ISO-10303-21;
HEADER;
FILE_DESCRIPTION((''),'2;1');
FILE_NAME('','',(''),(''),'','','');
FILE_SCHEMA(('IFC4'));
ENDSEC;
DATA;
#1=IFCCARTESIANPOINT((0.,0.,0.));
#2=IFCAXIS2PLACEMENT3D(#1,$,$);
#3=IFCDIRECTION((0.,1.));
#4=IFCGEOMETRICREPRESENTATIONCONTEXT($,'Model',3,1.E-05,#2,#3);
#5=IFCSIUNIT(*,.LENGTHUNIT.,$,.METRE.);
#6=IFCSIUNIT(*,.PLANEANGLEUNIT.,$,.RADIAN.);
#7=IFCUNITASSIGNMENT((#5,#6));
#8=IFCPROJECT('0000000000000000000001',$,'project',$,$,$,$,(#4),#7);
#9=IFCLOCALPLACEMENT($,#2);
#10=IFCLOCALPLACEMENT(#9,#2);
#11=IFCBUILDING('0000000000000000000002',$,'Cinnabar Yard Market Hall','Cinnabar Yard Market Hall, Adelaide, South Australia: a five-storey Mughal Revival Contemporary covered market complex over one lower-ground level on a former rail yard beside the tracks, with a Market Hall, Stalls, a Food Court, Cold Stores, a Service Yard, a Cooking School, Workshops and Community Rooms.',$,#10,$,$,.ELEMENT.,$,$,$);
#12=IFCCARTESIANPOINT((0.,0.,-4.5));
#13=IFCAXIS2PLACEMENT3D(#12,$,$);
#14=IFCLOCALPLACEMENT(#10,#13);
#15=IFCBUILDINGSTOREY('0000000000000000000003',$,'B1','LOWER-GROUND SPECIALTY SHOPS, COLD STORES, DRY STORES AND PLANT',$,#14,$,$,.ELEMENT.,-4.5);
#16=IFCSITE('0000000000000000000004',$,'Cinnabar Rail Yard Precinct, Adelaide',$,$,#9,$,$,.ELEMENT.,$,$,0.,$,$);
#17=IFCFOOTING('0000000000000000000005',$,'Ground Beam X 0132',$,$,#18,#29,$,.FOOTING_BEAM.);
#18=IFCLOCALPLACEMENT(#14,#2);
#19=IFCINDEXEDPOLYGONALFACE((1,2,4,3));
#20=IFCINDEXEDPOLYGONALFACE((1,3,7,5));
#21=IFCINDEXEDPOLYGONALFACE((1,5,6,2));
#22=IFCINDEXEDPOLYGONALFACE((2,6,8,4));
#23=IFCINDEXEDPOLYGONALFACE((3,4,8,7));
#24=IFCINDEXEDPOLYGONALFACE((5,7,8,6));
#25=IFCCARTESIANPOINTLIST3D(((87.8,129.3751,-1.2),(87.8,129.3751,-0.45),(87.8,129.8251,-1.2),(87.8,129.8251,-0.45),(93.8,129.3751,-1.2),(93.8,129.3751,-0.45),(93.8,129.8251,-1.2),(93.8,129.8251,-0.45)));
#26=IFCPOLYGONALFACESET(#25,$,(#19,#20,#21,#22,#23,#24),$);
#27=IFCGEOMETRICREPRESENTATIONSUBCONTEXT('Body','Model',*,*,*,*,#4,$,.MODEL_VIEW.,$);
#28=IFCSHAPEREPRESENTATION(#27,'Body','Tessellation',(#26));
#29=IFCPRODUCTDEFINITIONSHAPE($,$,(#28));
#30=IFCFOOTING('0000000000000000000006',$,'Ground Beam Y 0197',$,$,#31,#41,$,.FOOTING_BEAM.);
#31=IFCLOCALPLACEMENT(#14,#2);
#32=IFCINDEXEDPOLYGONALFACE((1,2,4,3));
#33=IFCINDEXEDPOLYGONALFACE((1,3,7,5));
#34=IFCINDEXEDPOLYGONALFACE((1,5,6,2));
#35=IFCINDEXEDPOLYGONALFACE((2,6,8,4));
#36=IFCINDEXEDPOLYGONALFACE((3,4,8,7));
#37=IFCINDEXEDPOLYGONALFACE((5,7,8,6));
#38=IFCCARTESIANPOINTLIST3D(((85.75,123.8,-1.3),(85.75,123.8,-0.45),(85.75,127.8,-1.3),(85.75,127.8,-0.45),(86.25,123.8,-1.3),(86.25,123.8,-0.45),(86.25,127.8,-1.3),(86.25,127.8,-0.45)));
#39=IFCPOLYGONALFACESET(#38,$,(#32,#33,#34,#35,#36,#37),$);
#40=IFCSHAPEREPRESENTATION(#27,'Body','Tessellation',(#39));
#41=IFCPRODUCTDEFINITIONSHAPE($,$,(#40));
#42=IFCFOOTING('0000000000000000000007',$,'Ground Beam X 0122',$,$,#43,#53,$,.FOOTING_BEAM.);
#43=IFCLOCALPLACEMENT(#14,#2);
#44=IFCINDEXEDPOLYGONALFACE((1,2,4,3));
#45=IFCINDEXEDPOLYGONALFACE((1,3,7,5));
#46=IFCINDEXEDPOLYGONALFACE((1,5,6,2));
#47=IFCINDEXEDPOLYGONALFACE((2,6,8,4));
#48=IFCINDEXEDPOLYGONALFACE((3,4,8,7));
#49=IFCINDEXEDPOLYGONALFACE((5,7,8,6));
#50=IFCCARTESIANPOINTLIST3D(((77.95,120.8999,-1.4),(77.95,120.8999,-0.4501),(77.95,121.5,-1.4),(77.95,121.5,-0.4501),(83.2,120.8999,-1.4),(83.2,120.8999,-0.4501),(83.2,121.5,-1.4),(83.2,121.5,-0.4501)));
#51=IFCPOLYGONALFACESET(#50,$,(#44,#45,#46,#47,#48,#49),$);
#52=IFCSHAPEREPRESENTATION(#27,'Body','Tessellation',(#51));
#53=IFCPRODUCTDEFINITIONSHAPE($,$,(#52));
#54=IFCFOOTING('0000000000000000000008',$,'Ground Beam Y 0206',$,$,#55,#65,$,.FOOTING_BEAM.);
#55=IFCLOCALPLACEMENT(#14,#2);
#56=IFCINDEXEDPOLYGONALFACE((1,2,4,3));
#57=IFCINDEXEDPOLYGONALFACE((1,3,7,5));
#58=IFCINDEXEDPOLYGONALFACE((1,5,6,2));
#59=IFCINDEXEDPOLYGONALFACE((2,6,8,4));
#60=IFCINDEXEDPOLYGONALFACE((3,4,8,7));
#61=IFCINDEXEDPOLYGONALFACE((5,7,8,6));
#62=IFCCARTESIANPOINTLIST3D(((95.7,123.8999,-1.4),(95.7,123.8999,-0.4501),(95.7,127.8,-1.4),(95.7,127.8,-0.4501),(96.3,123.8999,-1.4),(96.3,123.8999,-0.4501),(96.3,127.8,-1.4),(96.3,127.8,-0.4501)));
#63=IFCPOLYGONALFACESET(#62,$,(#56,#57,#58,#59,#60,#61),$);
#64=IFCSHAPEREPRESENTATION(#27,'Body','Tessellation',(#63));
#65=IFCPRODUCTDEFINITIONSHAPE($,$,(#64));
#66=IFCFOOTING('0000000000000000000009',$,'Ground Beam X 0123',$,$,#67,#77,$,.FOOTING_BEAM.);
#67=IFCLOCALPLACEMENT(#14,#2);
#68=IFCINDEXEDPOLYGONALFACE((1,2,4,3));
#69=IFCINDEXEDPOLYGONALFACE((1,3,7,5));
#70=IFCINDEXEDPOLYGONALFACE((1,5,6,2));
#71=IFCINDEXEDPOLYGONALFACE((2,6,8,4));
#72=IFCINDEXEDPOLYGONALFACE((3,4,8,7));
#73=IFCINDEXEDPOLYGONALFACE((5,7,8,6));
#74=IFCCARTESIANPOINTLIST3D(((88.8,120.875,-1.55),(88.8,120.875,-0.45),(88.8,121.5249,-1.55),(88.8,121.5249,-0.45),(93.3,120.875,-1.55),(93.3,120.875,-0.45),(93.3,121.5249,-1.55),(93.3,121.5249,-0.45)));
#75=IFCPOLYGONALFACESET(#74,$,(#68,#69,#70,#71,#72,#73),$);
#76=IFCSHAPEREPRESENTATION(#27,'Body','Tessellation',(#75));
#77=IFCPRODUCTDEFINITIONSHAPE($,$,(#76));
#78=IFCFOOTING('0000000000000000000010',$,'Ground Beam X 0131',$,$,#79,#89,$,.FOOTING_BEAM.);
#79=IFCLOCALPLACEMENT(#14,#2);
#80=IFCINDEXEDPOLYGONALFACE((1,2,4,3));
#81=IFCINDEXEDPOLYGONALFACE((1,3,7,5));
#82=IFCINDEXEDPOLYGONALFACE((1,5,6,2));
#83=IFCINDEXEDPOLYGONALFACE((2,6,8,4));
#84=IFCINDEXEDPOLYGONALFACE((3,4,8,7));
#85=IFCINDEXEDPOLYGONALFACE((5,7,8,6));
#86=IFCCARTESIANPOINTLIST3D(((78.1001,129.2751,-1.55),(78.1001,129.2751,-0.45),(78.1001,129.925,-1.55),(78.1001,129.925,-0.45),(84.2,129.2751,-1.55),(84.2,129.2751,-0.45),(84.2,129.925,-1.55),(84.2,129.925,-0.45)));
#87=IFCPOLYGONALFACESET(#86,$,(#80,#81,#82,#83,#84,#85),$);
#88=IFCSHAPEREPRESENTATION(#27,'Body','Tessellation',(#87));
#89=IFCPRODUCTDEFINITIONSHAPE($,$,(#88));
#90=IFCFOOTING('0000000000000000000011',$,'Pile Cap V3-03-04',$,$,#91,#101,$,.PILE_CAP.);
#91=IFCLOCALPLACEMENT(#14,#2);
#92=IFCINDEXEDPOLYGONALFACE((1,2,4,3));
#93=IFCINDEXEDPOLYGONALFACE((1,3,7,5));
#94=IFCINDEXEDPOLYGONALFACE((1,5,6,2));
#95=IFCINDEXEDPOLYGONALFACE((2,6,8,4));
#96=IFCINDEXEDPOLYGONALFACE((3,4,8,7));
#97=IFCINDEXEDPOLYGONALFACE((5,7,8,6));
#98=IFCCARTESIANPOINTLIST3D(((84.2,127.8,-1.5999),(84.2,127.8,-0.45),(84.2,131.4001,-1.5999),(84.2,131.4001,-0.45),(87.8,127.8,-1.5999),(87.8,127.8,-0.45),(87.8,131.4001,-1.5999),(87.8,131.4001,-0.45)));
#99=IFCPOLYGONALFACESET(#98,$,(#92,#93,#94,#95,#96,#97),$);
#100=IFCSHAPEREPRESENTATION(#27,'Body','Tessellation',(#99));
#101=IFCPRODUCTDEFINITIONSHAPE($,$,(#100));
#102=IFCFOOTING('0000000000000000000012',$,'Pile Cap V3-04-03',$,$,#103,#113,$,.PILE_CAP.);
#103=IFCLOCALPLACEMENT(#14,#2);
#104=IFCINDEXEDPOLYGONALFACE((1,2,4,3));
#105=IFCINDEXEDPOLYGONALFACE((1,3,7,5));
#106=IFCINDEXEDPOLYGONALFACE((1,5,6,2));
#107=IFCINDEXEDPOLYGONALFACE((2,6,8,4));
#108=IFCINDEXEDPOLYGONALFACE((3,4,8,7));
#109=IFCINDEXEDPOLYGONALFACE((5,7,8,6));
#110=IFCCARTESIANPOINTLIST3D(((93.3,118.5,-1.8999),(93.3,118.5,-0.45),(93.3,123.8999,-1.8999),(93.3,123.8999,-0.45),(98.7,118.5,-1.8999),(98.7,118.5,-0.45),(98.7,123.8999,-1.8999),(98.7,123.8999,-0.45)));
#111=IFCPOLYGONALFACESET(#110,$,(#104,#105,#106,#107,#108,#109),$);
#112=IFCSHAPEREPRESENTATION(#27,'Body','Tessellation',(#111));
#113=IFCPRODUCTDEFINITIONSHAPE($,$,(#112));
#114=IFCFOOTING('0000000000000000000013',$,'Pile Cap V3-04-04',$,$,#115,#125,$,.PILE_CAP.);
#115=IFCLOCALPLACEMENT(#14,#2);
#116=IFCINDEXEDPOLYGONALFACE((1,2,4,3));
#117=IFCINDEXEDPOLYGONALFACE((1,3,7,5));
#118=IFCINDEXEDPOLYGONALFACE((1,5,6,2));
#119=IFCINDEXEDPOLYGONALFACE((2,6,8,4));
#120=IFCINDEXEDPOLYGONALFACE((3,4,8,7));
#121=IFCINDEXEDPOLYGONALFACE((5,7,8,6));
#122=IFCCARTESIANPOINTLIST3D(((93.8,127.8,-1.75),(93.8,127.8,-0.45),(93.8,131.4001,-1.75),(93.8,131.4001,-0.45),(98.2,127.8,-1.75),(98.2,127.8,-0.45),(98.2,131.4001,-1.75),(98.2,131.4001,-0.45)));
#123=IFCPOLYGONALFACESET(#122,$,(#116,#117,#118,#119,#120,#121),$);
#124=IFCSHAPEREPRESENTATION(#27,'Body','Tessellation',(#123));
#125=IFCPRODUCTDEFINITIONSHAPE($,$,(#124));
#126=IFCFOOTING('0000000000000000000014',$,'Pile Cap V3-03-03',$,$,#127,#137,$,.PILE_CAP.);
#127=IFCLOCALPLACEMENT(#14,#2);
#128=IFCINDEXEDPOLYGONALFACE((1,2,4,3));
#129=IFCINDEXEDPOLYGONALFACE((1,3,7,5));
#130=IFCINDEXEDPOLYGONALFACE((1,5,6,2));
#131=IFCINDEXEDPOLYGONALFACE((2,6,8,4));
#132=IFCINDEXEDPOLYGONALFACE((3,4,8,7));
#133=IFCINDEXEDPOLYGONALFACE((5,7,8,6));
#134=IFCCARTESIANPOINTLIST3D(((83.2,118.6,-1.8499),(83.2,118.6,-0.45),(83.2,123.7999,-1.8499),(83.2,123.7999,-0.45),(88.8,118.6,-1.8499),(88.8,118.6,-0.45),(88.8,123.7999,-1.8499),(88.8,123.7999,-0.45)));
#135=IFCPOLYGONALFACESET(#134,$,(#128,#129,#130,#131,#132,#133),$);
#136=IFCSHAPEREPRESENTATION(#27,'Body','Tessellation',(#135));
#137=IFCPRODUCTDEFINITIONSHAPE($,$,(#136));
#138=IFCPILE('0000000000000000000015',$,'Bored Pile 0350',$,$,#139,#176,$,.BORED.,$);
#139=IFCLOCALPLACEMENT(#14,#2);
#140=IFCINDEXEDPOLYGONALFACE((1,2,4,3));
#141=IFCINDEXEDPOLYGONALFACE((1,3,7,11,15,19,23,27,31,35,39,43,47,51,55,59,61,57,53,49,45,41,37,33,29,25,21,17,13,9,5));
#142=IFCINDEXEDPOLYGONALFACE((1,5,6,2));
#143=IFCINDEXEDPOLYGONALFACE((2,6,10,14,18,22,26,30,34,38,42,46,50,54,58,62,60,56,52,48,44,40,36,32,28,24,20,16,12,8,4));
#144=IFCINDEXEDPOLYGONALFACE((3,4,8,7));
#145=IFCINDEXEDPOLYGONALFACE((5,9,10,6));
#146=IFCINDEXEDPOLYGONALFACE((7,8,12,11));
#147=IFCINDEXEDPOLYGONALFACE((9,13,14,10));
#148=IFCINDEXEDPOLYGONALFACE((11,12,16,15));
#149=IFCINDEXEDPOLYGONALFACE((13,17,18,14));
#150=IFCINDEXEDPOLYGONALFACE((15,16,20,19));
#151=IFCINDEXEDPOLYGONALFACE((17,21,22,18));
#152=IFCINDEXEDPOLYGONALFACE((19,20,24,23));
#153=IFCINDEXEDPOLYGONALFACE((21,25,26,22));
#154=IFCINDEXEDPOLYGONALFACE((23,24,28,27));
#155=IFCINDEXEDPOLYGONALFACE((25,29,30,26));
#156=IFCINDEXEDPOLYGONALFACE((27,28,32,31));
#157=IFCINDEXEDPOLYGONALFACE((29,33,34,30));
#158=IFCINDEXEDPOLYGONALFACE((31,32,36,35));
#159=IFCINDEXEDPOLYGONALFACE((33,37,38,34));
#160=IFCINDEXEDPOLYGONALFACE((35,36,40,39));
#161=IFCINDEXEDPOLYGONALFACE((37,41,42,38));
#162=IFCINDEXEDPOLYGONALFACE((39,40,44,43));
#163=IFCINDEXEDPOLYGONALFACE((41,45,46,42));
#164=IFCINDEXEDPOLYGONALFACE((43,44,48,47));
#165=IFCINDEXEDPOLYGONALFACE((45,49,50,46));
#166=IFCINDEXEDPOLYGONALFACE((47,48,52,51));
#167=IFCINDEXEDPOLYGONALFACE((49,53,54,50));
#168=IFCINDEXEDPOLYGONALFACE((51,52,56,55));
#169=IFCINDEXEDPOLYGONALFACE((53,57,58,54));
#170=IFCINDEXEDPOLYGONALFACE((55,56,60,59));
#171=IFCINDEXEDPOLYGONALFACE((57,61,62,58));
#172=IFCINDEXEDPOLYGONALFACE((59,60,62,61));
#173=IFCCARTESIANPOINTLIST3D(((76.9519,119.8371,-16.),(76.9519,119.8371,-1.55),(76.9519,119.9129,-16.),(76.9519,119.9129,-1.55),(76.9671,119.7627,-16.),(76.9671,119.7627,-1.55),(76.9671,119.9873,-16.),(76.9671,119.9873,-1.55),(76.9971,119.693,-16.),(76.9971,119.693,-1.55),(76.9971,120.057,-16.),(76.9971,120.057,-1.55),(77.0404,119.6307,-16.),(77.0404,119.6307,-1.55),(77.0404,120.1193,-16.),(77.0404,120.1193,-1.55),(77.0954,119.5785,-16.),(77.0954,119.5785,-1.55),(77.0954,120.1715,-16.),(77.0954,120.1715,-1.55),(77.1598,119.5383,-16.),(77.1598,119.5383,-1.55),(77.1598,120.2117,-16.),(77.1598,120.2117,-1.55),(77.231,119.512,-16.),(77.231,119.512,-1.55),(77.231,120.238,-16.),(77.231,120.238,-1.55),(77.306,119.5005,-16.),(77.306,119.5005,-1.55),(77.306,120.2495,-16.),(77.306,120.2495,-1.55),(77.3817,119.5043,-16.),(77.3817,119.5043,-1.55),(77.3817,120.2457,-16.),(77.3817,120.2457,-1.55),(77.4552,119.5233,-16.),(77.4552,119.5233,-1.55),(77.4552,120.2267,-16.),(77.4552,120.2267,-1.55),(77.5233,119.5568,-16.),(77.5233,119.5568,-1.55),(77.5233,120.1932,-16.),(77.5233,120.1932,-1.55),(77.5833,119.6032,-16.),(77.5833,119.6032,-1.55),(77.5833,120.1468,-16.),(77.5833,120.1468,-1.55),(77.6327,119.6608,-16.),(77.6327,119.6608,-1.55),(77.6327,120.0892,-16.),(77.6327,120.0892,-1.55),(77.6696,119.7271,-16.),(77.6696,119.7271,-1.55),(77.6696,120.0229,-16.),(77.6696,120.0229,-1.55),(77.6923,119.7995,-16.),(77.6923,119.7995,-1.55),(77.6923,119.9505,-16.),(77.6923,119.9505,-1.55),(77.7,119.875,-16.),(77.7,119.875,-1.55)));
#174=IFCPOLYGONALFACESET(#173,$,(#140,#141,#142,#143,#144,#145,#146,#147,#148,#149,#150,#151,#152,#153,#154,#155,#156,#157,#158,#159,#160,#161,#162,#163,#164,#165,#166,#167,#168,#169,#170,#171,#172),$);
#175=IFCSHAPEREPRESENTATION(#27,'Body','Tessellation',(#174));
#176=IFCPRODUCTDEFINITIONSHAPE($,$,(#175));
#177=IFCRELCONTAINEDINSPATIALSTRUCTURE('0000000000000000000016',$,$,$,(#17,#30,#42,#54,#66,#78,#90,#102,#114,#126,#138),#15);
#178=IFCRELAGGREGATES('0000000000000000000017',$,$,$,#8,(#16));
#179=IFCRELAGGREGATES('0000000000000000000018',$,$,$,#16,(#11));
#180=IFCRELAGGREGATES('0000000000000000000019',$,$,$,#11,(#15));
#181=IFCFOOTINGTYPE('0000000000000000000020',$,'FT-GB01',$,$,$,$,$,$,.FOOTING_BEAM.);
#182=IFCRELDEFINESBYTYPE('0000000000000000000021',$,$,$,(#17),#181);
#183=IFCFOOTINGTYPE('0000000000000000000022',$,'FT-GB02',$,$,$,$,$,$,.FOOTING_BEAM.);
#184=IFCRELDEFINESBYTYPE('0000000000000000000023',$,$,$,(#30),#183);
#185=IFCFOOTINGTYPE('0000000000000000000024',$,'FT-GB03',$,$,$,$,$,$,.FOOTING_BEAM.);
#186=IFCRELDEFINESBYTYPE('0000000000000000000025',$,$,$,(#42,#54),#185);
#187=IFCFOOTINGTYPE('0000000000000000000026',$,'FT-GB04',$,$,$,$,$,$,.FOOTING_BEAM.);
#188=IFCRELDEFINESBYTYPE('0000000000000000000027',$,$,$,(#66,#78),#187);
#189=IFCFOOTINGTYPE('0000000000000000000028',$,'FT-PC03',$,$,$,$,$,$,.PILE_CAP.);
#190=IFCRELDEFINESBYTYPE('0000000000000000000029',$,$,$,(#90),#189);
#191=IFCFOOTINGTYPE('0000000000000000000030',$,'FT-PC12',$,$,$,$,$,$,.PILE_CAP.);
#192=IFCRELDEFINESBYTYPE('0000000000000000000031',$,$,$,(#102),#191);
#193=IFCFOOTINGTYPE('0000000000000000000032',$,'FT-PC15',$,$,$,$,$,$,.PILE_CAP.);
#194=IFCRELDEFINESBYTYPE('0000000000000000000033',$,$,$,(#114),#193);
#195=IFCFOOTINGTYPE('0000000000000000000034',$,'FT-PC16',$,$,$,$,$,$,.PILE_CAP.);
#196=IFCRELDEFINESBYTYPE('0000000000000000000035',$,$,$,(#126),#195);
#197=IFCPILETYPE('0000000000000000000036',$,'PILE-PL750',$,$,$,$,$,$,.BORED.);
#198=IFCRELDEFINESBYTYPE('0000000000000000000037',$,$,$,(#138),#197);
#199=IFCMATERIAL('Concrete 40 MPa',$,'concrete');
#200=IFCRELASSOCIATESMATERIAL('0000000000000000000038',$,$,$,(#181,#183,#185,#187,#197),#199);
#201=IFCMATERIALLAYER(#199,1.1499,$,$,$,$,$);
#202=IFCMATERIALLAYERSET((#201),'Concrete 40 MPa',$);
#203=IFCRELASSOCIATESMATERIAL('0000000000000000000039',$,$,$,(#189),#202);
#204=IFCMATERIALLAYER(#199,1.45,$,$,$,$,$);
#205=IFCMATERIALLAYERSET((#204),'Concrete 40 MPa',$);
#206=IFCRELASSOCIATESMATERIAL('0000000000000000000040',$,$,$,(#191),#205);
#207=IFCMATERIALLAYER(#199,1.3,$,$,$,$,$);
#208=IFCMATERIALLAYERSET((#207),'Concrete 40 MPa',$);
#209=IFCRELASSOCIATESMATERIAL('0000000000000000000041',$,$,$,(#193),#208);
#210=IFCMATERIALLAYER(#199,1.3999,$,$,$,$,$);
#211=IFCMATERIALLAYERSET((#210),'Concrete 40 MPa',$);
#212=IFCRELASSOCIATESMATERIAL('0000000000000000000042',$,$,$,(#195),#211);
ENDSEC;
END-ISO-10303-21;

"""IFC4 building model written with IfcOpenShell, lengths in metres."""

from ifc_helpers import new_model, si_unit, direction, frame, origin, origin_2d_with_axis, place, context, subcontext, project, spatial, rectangle, circle, extrude, material, layer, layer_set, material_profile, profile_set, type_object, element, save


model = new_model("IFC4")

# Units and contexts
model_context = context("Model", 3, precision=1e-05, world=origin(), true_north=direction((0.0, 1.0)))
body_context = subcontext(model_context, "Body", "Model", "MODEL_VIEW")
ifc_project = project(units=[si_unit("LENGTHUNIT", "METRE"), si_unit("PLANEANGLEUNIT", "RADIAN")], contexts=[model_context])

# Site, building, storey
site_placement = place(None, origin())
site = spatial("IfcSite", under=ifc_project, at=site_placement, Name="Cinnabar Rail Yard Precinct, Adelaide", CompositionType="ELEMENT", RefElevation=0.0)
building_placement = place(site_placement, origin())
building = spatial("IfcBuilding", under=site, at=building_placement, Name="Cinnabar Yard Market Hall", Description="Cinnabar Yard Market Hall, Adelaide, South Australia: a five-storey Mughal Revival Contemporary covered market complex over one lower-ground level on a former rail yard beside the tracks, with a Market Hall, Stalls, a Food Court, Cold Stores, a Service Yard, a Cooking School, Workshops and Community Rooms.", CompositionType="ELEMENT")
storey_placement = place(building_placement, frame((0.0, 0.0, -4.5)))
storey = spatial("IfcBuildingStorey", under=building, at=storey_placement, Name="B1", Description="LOWER-GROUND SPECIALTY SHOPS, COLD STORES, DRY STORES AND PLANT", CompositionType="ELEMENT", Elevation=-4.5)

# Footings
ifc_material_1 = material(Name="Concrete 40 MPa", Category="concrete")
ifc_material_profile_1 = material_profile(ifc_material_1, rectangle(XDim=0.45, YDim=0.75, at=origin_2d_with_axis()), Name="GB-450x750")
ifc_profile_set_1 = profile_set([ifc_material_profile_1], Name="Concrete 40 MPa")
footing_type_1 = type_object("IfcFootingType", Name="FT-GB01", PredefinedType="FOOTING_BEAM", material=ifc_profile_set_1)
footing_1_placement = place(storey_placement, frame((87.8, 129.6001, -0.825), z_axis=(1.0, 0.0, 0.0), x_axis=(0.0, 1.0, 0.0)))
element("IfcFooting", 1, at=footing_1_placement, inside=storey, type_object=footing_type_1, Name="Ground Beam X 0132", PredefinedType="FOOTING_BEAM", context=body_context, shape_type="SweptSolid", body=[
    extrude(rectangle(XDim=0.45, YDim=0.75, at=origin_2d_with_axis()), origin(), (0.0, 0.0, 1.0), 6.0),
])
ifc_material_profile_2 = material_profile(ifc_material_1, rectangle(XDim=0.5, YDim=0.8501, at=origin_2d_with_axis()), Name="GB-500x850")
ifc_profile_set_2 = profile_set([ifc_material_profile_2], Name="Concrete 40 MPa")
footing_type_2 = type_object("IfcFootingType", Name="FT-GB02", PredefinedType="FOOTING_BEAM", material=ifc_profile_set_2)
footing_2_placement = place(storey_placement, frame((86.0, 123.8, -0.875), z_axis=(0.0, 1.0, 0.0), x_axis=(-1.0, 0.0, 0.0)))
element("IfcFooting", 2, at=footing_2_placement, inside=storey, type_object=footing_type_2, Name="Ground Beam Y 0197", PredefinedType="FOOTING_BEAM", context=body_context, shape_type="SweptSolid", body=[
    extrude(rectangle(XDim=0.5, YDim=0.8501, at=origin_2d_with_axis()), origin(), (0.0, 0.0, 1.0), 4.0),
])
ifc_material_profile_3 = material_profile(ifc_material_1, rectangle(XDim=0.6001, YDim=0.95, at=origin_2d_with_axis()), Name="GB-600x950")
ifc_profile_set_3 = profile_set([ifc_material_profile_3], Name="Concrete 40 MPa")
footing_type_3 = type_object("IfcFootingType", Name="FT-GB03", PredefinedType="FOOTING_BEAM", material=ifc_profile_set_3)
footing_3_placement = place(storey_placement, frame((77.95, 121.2, -0.925), z_axis=(1.0, 0.0, 0.0), x_axis=(0.0, 1.0, 0.0)))
element("IfcFooting", 3, at=footing_3_placement, inside=storey, type_object=footing_type_3, Name="Ground Beam X 0122", PredefinedType="FOOTING_BEAM", context=body_context, shape_type="SweptSolid", body=[
    extrude(rectangle(XDim=0.6001, YDim=0.95, at=origin_2d_with_axis()), origin(), (0.0, 0.0, 1.0), 5.25),
])
footing_4_placement = place(storey_placement, frame((96.0, 123.8999, -0.925), z_axis=(0.0, 1.0, 0.0), x_axis=(-1.0, 0.0, 0.0)))
element("IfcFooting", 4, at=footing_4_placement, inside=storey, type_object=footing_type_3, Name="Ground Beam Y 0206", PredefinedType="FOOTING_BEAM", context=body_context, shape_type="SweptSolid", body=[
    extrude(rectangle(XDim=0.6001, YDim=0.95, at=origin_2d_with_axis()), origin(), (0.0, 0.0, 1.0), 3.9001),
])
ifc_material_profile_4 = material_profile(ifc_material_1, rectangle(XDim=0.6499, YDim=1.1001, at=origin_2d_with_axis()), Name="GB-650x1100")
ifc_profile_set_4 = profile_set([ifc_material_profile_4], Name="Concrete 40 MPa")
footing_type_4 = type_object("IfcFootingType", Name="FT-GB04", PredefinedType="FOOTING_BEAM", material=ifc_profile_set_4)
footing_5_placement = place(storey_placement, frame((88.8, 121.2, -1.0), z_axis=(1.0, 0.0, 0.0), x_axis=(0.0, 1.0, 0.0)))
element("IfcFooting", 5, at=footing_5_placement, inside=storey, type_object=footing_type_4, Name="Ground Beam X 0123", PredefinedType="FOOTING_BEAM", context=body_context, shape_type="SweptSolid", body=[
    extrude(rectangle(XDim=0.6499, YDim=1.1001, at=origin_2d_with_axis()), origin(), (0.0, 0.0, 1.0), 4.5),
])
footing_6_placement = place(storey_placement, frame((78.1001, 129.6001, -1.0), z_axis=(1.0, 0.0, 0.0), x_axis=(0.0, 1.0, 0.0)))
element("IfcFooting", 6, at=footing_6_placement, inside=storey, type_object=footing_type_4, Name="Ground Beam X 0131", PredefinedType="FOOTING_BEAM", context=body_context, shape_type="SweptSolid", body=[
    extrude(rectangle(XDim=0.6499, YDim=1.1001, at=origin_2d_with_axis()), origin(), (0.0, 0.0, 1.0), 6.0999),
])
ifc_layer_1 = layer(ifc_material_1, 1.1499)
ifc_layer_set_1 = layer_set([ifc_layer_1], Name="Concrete 40 MPa")
footing_type_5 = type_object("IfcFootingType", Name="FT-PC03", PredefinedType="PILE_CAP", material=ifc_layer_set_1)
footing_7_placement = place(storey_placement, frame((86.0, 129.6001, -1.5999), z_axis=(0.0, 0.0, 1.0), x_axis=(1.0, 0.0, 0.0)))
element("IfcFooting", 7, at=footing_7_placement, inside=storey, type_object=footing_type_5, Name="Pile Cap V3-03-04", PredefinedType="PILE_CAP", context=body_context, shape_type="SweptSolid", body=[
    extrude(rectangle(XDim=3.6001, YDim=3.6001, at=origin_2d_with_axis()), origin(), (0.0, 0.0, 1.0), 1.1499),
])
ifc_layer_2 = layer(ifc_material_1, 1.45)
ifc_layer_set_2 = layer_set([ifc_layer_2], Name="Concrete 40 MPa")
footing_type_6 = type_object("IfcFootingType", Name="FT-PC12", PredefinedType="PILE_CAP", material=ifc_layer_set_2)
footing_8_placement = place(storey_placement, frame((96.0, 121.2, -1.8999), z_axis=(0.0, 0.0, 1.0), x_axis=(1.0, 0.0, 0.0)))
element("IfcFooting", 8, at=footing_8_placement, inside=storey, type_object=footing_type_6, Name="Pile Cap V3-04-03", PredefinedType="PILE_CAP", context=body_context, shape_type="SweptSolid", body=[
    extrude(rectangle(XDim=5.3999, YDim=5.3999, at=origin_2d_with_axis()), origin(), (0.0, 0.0, 1.0), 1.45),
])
ifc_layer_3 = layer(ifc_material_1, 1.3)
ifc_layer_set_3 = layer_set([ifc_layer_3], Name="Concrete 40 MPa")
footing_type_7 = type_object("IfcFootingType", Name="FT-PC15", PredefinedType="PILE_CAP", material=ifc_layer_set_3)
footing_9_placement = place(storey_placement, frame((96.0, 129.6001, -1.75), z_axis=(0.0, 0.0, 1.0), x_axis=(1.0, 0.0, 0.0)))
element("IfcFooting", 9, at=footing_9_placement, inside=storey, type_object=footing_type_7, Name="Pile Cap V3-04-04", PredefinedType="PILE_CAP", context=body_context, shape_type="SweptSolid", body=[
    extrude(rectangle(XDim=4.3999, YDim=3.6001, at=origin_2d_with_axis()), origin(), (0.0, 0.0, 1.0), 1.3),
])
ifc_layer_4 = layer(ifc_material_1, 1.3999)
ifc_layer_set_4 = layer_set([ifc_layer_4], Name="Concrete 40 MPa")
footing_type_8 = type_object("IfcFootingType", Name="FT-PC16", PredefinedType="PILE_CAP", material=ifc_layer_set_4)
footing_10_placement = place(storey_placement, frame((86.0, 121.2, -1.8499), z_axis=(0.0, 0.0, 1.0), x_axis=(1.0, 0.0, 0.0)))
element("IfcFooting", 10, at=footing_10_placement, inside=storey, type_object=footing_type_8, Name="Pile Cap V3-03-03", PredefinedType="PILE_CAP", context=body_context, shape_type="SweptSolid", body=[
    extrude(rectangle(XDim=5.6001, YDim=5.2, at=origin_2d_with_axis()), origin(), (0.0, 0.0, 1.0), 1.3999),
])

# Pile
ifc_material_profile_5 = material_profile(ifc_material_1, circle(Radius=0.375, at=origin_2d_with_axis()), Name="PILE-D750")
ifc_profile_set_5 = profile_set([ifc_material_profile_5], Name="Concrete 40 MPa")
pile_type_1 = type_object("IfcPileType", Name="PILE-PL750", PredefinedType="BORED", material=ifc_profile_set_5)
for number, where, z_axis, x_axis, name in (
    (11, (77.325, 119.875, -1.55), (0.0, 0.0, -1.0), (1.0, 0.0, 0.0), "Bored Pile 0350"),
):
    element("IfcPile", number, at=place(storey_placement, frame(where, z_axis=z_axis, x_axis=x_axis)), inside=storey, type_object=pile_type_1, Name=name, PredefinedType="BORED", context=body_context, shape_type="SweptSolid", body=[
        extrude(circle(Radius=0.375, at=origin_2d_with_axis()), origin(), (0.0, 0.0, 1.0), 14.45),
    ])

save(model, "model.ifc")
